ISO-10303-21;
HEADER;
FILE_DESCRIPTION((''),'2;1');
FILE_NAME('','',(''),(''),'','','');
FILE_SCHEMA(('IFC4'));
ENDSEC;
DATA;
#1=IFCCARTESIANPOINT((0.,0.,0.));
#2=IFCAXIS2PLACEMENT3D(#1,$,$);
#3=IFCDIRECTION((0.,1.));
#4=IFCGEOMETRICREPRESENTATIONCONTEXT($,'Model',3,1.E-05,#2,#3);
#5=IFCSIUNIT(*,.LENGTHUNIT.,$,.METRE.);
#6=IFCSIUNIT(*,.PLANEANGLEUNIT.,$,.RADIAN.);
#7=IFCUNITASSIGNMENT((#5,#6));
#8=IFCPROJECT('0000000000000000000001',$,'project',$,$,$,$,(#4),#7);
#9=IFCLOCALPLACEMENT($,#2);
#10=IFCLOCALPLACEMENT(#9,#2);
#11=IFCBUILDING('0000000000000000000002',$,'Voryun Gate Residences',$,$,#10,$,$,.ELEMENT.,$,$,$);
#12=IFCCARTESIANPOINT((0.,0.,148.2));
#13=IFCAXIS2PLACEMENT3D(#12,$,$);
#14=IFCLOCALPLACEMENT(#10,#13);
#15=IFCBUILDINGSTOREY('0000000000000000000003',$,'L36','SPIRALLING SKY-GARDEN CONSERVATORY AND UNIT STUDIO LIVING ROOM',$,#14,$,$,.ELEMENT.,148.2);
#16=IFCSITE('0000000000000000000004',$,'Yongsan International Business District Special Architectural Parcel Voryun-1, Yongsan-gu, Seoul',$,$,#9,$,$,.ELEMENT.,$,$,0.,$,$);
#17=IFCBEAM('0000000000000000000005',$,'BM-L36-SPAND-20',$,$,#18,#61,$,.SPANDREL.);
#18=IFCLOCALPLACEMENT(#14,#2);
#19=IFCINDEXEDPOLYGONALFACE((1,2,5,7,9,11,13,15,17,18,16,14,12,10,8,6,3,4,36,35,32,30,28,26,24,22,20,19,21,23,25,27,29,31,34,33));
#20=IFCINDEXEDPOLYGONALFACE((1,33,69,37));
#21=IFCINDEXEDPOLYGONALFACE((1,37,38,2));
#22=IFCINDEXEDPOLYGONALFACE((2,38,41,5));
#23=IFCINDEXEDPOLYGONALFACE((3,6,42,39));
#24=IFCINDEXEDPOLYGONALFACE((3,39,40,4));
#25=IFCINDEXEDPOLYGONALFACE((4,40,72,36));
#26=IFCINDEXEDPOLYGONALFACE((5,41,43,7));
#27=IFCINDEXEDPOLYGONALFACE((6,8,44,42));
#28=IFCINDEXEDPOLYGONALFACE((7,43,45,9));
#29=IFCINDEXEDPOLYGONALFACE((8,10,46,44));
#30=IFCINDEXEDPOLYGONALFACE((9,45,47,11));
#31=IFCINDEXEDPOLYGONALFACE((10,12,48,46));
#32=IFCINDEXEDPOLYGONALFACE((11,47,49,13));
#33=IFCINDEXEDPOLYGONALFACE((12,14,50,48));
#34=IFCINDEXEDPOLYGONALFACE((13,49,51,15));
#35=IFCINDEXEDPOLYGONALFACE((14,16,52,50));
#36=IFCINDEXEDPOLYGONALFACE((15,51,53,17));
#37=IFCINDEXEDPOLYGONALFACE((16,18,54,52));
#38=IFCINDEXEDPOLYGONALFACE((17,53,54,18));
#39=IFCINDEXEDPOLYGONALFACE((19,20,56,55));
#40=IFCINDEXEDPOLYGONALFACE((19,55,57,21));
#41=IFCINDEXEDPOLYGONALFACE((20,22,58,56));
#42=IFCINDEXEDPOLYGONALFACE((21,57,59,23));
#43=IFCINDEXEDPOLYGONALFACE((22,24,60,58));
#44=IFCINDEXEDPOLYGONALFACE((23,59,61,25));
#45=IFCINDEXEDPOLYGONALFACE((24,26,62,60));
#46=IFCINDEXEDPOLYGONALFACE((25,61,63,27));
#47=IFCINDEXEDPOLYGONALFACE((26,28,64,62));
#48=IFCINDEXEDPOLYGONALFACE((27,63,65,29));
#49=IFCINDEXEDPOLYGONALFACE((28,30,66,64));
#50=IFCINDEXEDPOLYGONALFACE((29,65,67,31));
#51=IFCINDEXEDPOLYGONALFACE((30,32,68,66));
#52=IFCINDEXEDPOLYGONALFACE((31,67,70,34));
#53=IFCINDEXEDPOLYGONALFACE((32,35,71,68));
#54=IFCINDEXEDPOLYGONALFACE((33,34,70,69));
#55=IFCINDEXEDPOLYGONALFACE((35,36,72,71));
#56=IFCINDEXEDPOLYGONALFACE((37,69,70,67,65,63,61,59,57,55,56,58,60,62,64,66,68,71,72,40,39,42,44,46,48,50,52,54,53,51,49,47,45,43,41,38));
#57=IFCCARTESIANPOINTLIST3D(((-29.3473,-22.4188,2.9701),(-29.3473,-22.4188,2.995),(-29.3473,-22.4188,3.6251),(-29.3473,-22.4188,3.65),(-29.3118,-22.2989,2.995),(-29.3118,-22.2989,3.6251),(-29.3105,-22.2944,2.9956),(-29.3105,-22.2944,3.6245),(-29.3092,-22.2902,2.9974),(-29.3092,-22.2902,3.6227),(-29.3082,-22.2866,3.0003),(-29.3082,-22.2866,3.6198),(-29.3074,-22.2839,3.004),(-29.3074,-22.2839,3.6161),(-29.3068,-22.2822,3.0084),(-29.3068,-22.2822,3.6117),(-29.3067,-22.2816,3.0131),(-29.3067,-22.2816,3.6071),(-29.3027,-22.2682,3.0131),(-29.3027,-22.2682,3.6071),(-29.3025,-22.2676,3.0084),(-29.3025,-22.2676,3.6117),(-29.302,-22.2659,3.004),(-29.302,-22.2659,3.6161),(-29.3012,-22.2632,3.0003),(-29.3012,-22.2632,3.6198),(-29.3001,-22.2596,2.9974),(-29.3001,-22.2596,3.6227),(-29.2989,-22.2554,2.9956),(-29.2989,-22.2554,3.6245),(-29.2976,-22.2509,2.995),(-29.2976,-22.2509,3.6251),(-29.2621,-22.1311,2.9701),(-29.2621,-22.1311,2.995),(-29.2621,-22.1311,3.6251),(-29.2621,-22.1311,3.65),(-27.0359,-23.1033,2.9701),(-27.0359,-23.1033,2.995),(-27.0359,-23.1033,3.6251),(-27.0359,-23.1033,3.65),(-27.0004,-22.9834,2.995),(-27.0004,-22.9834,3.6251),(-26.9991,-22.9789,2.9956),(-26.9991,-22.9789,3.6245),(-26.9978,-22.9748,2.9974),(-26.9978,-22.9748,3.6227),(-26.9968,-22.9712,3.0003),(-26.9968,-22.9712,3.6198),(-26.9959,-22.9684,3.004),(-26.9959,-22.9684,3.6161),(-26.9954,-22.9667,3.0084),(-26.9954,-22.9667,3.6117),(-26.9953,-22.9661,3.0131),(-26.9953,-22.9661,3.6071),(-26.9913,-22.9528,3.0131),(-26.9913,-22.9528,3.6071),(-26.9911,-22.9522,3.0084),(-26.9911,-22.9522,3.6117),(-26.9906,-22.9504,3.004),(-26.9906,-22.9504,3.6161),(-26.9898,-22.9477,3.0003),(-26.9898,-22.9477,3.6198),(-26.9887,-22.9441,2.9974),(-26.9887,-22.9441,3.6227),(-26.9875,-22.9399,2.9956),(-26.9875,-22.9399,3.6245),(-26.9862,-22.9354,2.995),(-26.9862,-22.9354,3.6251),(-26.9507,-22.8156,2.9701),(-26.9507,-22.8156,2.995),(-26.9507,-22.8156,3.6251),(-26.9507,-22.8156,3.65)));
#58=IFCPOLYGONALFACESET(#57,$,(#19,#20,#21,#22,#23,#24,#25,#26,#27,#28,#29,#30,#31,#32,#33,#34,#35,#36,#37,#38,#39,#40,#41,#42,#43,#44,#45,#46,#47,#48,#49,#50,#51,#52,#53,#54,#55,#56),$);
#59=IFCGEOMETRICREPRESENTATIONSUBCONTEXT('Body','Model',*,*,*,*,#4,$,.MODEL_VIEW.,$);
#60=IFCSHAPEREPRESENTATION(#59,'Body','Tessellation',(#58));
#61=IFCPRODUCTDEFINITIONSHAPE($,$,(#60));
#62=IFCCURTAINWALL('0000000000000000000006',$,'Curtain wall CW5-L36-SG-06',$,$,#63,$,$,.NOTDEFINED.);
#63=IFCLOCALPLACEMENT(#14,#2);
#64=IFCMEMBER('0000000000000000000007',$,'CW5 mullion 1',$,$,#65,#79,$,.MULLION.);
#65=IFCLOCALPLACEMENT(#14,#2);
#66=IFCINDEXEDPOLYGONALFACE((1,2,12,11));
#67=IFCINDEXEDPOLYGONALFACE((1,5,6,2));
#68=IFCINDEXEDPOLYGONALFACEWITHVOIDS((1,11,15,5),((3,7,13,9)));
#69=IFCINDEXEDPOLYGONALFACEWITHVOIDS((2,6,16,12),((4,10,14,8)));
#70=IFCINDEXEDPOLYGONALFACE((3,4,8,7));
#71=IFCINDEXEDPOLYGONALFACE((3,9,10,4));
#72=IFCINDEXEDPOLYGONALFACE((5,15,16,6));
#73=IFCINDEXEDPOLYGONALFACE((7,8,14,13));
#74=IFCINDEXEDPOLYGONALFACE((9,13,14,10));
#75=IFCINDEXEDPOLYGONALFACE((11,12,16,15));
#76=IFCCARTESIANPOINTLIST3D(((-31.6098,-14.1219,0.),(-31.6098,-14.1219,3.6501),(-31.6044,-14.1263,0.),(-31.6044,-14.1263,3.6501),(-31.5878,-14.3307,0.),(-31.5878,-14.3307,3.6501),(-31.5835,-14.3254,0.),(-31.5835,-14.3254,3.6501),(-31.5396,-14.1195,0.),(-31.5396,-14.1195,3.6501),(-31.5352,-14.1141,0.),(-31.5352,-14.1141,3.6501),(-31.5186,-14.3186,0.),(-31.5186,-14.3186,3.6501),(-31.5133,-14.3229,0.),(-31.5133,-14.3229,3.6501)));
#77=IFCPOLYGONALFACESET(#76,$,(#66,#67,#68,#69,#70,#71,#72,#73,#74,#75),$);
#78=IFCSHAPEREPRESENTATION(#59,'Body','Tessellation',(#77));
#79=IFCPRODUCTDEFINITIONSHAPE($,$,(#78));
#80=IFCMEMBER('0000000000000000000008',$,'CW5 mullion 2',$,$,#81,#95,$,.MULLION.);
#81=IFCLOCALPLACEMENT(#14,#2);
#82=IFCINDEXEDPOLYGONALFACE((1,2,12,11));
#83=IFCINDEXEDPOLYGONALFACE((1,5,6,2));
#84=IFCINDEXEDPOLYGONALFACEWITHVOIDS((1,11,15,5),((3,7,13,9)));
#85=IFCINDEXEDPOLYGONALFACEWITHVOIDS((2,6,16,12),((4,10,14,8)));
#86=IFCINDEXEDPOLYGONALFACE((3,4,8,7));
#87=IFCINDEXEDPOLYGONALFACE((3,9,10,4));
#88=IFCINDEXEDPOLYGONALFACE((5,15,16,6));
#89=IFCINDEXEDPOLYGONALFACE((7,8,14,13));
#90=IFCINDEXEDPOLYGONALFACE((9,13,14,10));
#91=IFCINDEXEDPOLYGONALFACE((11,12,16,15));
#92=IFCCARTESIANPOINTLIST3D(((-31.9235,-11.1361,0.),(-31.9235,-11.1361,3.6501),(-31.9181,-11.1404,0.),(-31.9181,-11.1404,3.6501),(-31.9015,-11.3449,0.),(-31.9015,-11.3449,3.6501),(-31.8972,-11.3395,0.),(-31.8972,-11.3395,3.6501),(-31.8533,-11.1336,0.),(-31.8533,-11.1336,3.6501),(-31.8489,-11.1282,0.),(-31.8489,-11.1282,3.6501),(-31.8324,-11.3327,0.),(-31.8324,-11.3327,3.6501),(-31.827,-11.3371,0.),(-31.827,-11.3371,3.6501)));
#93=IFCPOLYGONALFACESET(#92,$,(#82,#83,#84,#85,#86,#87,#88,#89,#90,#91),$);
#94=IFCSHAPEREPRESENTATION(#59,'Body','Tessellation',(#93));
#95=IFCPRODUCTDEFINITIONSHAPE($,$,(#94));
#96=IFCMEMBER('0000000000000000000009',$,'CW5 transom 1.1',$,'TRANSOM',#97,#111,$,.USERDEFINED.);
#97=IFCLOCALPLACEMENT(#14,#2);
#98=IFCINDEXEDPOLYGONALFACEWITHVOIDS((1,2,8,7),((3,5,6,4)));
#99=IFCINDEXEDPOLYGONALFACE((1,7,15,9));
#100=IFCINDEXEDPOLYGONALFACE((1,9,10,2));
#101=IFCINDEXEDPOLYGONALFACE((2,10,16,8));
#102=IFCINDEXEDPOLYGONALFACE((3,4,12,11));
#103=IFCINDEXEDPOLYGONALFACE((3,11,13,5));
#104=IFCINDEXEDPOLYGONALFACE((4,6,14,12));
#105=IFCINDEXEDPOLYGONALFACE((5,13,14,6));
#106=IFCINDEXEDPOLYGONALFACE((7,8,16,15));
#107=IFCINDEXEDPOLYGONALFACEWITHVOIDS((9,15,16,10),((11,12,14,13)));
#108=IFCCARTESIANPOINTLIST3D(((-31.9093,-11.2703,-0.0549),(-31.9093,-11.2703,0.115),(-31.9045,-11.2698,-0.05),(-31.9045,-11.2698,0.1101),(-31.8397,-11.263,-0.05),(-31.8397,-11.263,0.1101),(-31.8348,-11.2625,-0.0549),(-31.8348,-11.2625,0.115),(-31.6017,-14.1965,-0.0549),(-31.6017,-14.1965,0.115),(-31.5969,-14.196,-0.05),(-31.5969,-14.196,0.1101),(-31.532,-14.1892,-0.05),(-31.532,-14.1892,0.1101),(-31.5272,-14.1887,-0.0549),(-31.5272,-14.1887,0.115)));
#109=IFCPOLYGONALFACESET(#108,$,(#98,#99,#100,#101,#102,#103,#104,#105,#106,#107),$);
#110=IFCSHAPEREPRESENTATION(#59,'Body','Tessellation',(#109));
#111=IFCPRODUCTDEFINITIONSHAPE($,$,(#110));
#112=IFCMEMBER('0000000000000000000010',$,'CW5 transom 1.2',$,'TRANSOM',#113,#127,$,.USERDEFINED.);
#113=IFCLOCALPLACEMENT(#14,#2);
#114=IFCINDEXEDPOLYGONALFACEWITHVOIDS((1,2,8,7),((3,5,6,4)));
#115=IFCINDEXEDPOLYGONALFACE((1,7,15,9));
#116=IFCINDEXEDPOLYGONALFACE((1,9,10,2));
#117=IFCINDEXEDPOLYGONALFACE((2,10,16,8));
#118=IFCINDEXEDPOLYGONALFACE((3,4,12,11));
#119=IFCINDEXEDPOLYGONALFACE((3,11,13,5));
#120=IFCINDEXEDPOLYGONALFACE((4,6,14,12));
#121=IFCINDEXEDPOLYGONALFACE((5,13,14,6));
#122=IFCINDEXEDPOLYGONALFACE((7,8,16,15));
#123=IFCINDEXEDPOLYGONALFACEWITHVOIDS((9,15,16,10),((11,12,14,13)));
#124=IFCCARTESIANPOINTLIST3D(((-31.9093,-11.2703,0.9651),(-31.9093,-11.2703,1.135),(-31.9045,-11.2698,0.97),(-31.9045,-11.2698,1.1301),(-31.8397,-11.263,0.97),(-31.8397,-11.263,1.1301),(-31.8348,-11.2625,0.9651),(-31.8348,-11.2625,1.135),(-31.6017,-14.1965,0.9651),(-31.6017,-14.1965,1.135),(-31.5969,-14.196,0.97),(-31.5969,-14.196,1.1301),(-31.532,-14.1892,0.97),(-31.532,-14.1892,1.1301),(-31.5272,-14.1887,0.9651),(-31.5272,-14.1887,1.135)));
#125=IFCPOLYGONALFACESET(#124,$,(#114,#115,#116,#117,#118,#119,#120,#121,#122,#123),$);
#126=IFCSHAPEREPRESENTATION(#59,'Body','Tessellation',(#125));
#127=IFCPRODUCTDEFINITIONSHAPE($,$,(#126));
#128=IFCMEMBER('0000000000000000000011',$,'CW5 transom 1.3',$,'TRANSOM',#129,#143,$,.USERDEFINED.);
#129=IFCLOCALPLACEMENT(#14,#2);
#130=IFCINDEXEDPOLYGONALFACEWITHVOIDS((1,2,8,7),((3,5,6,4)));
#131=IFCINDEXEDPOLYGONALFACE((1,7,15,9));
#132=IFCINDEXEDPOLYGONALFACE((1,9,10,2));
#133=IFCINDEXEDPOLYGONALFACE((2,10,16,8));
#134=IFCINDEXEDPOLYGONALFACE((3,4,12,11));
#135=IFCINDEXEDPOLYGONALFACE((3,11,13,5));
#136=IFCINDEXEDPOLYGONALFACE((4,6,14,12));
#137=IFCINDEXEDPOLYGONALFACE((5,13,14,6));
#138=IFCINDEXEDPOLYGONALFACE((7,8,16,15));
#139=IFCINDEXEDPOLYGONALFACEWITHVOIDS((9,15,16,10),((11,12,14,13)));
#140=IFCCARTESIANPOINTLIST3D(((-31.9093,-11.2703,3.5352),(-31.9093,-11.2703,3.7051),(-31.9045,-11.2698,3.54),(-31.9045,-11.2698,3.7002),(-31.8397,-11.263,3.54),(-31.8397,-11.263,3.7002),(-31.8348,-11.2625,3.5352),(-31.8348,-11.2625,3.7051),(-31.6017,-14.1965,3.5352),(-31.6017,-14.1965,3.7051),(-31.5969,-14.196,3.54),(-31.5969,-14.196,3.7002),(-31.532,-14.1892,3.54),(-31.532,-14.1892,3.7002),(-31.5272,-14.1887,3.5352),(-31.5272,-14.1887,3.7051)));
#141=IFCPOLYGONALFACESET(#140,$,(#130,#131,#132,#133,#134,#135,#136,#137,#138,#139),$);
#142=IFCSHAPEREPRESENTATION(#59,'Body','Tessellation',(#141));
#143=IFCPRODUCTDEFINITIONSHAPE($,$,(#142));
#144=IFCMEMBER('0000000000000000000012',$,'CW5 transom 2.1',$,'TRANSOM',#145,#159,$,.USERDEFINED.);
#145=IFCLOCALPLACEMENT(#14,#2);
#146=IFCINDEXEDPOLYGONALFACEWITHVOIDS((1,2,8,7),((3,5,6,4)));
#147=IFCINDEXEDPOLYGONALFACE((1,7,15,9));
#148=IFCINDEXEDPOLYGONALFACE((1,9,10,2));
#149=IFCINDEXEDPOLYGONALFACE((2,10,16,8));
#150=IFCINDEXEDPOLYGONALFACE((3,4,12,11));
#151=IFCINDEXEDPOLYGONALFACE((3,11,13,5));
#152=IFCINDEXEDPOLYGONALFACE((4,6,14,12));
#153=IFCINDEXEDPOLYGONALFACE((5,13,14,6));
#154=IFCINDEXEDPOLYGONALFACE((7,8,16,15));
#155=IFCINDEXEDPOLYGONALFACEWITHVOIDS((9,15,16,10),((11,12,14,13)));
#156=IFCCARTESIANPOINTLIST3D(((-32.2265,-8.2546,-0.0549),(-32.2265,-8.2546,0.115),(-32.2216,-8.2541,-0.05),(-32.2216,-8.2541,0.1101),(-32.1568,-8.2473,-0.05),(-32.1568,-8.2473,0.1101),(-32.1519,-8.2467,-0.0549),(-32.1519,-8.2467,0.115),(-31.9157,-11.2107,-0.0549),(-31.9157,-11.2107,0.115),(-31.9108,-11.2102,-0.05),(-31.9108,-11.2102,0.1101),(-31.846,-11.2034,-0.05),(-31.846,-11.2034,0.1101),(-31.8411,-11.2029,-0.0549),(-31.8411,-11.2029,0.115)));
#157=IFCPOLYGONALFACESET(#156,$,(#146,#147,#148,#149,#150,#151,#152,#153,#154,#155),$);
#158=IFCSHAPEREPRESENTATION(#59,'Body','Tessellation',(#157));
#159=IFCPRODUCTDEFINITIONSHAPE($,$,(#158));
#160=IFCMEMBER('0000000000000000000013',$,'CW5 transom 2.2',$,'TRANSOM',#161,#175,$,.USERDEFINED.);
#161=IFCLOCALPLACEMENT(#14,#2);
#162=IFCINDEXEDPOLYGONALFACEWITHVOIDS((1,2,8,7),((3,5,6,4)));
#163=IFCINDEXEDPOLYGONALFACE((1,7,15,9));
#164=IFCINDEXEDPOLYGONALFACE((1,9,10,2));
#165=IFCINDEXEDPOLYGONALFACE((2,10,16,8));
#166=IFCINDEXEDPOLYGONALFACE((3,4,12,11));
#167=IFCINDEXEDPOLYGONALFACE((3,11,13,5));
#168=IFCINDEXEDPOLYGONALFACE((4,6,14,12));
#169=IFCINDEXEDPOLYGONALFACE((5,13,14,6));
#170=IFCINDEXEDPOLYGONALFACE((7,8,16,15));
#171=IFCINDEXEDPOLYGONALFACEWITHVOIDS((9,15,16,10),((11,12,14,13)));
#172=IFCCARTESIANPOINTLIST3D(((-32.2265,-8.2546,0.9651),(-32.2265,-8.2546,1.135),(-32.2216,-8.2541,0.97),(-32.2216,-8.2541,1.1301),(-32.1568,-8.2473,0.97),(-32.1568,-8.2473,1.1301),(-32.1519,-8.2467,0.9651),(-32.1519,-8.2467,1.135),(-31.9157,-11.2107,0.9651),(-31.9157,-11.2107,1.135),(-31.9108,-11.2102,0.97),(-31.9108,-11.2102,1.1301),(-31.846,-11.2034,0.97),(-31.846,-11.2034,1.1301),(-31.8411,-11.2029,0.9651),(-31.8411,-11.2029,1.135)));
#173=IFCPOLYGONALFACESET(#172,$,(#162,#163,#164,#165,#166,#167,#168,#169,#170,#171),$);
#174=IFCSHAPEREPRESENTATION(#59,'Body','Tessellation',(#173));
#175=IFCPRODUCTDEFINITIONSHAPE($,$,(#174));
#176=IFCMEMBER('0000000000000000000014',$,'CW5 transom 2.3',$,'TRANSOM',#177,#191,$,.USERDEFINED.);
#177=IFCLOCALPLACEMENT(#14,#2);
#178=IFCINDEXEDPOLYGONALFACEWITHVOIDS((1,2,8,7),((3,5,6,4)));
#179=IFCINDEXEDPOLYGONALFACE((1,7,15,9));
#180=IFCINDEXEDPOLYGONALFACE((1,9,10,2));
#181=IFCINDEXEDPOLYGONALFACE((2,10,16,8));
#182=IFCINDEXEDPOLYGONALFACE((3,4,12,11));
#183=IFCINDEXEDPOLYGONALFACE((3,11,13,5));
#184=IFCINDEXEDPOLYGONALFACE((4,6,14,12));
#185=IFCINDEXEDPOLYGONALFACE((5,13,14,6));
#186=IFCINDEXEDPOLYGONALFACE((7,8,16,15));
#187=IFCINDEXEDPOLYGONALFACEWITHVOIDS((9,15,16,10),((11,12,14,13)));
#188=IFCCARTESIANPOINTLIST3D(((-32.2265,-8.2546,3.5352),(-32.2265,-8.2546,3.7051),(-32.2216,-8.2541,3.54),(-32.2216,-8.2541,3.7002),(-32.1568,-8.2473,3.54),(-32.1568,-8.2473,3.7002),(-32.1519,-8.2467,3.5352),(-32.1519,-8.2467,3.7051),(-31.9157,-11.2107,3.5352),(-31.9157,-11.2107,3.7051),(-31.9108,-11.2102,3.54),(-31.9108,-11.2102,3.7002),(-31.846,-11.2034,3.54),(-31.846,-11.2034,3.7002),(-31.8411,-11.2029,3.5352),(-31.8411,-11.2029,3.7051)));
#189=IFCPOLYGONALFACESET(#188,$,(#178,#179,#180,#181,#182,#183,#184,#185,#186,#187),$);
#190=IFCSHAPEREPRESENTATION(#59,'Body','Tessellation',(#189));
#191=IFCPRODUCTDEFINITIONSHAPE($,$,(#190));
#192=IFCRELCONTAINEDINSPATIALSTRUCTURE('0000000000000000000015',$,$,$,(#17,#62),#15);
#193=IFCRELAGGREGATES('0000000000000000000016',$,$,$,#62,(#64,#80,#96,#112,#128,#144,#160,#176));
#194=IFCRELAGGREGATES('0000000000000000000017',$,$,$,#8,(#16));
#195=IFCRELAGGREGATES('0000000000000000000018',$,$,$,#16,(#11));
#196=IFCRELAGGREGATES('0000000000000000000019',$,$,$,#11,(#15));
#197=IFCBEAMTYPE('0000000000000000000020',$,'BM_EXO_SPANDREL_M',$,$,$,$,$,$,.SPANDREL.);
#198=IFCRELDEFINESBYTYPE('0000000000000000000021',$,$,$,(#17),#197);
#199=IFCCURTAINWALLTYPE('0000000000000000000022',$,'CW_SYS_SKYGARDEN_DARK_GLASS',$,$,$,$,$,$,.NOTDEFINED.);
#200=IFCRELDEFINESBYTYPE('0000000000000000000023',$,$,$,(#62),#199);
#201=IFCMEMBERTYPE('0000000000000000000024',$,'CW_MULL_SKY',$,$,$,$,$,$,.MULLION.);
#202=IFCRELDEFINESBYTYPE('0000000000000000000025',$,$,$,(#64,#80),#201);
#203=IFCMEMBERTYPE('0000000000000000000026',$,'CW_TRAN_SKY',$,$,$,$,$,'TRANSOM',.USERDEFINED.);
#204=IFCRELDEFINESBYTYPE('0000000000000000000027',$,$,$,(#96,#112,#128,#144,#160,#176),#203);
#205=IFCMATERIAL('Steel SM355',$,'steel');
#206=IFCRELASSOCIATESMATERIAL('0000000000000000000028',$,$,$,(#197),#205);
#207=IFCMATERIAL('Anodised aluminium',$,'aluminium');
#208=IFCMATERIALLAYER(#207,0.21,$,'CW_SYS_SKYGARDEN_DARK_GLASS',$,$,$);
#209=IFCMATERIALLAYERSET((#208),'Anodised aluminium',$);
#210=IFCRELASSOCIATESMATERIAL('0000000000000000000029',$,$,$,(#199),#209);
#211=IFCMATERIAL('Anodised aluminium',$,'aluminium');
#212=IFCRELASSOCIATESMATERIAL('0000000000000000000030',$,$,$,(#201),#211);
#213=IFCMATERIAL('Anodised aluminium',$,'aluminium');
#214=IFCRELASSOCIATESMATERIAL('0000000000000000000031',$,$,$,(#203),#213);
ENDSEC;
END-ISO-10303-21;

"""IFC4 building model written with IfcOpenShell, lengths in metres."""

from ifc_helpers import new_model, si_unit, direction, frame, origin, origin_2d, place, context, subcontext, project, spatial, hollow_rectangle, i_section, extrude, material, layer, layer_set, material_profile, profile_set, type_object, element, aggregate, save


model = new_model("IFC4")

# Units and contexts
model_context = context("Model", 3, precision=1e-05, world=origin(), true_north=direction((0.0, 1.0)))
body_context = subcontext(model_context, "Body", "Model", "MODEL_VIEW")
ifc_project = project(units=[si_unit("LENGTHUNIT", "METRE"), si_unit("PLANEANGLEUNIT", "RADIAN")], contexts=[model_context])

# Site, building, storey
site_placement = place(None, origin())
site = spatial("IfcSite", under=ifc_project, at=site_placement, Name="Yongsan International Business District Special Architectural Parcel Voryun-1, Yongsan-gu, Seoul", CompositionType="ELEMENT", RefElevation=0.0)
building_placement = place(site_placement, origin())
building = spatial("IfcBuilding", under=site, at=building_placement, Name="Voryun Gate Residences", CompositionType="ELEMENT")
storey_placement = place(building_placement, frame((0.0, 0.0, 148.2)))
storey = spatial("IfcBuildingStorey", under=building, at=storey_placement, Name="L36", Description="SPIRALLING SKY-GARDEN CONSERVATORY AND UNIT STUDIO LIVING ROOM", CompositionType="ELEMENT", Elevation=148.2)

# Beam
ifc_material_1 = material(Name="Steel SM355", Category="steel")
ifc_material_profile_1 = material_profile(ifc_material_1, i_section(OverallWidth=0.3, OverallDepth=0.6799, WebThickness=0.0139, FlangeThickness=0.0249, FilletRadius=0.0181, at=origin_2d()), Name="H-680x300x14x25")
ifc_profile_set_1 = profile_set([ifc_material_profile_1], Name="Steel SM355")
beam_type = type_object("IfcBeamType", Name="BM_EXO_SPANDREL_M", PredefinedType="SPANDREL", material=ifc_profile_set_1)
beam_1_placement = place(storey_placement, frame((-29.3047, -22.2749, 3.3101), z_axis=(0.958835, -0.283964, 0.0), x_axis=(0.283964, 0.958835, 0.0)))
element("IfcBeam", 1, at=beam_1_placement, inside=storey, type_object=beam_type, Name="BM-L36-SPAND-20", PredefinedType="SPANDREL", context=body_context, shape_type="SweptSolid", body=[
    extrude(i_section(OverallWidth=0.3, OverallDepth=0.6799, WebThickness=0.0139, FlangeThickness=0.0249, FilletRadius=0.0181, at=origin_2d()), origin(), (0.0, 0.0, 1.0), 2.4106),
])

# Curtain wall, members
ifc_material_2 = material(Name="Anodised aluminium", Category="aluminium")
ifc_layer_1 = layer(ifc_material_2, 0.21, Name="CW_SYS_SKYGARDEN_DARK_GLASS")
ifc_layer_set_1 = layer_set([ifc_layer_1], Name="Anodised aluminium")
curtain_wall_type = type_object("IfcCurtainWallType", Name="CW_SYS_SKYGARDEN_DARK_GLASS", PredefinedType="NOTDEFINED", material=ifc_layer_set_1)
curtain_wall_placement = place(storey_placement, origin())
curtain_wall = element("IfcCurtainWall", 2, at=curtain_wall_placement, inside=storey, type_object=curtain_wall_type, Name="Curtain wall CW5-L36-SG-06", PredefinedType="NOTDEFINED")
ifc_material_3 = material(Name="Anodised aluminium", Category="aluminium")
ifc_material_profile_2 = material_profile(ifc_material_3, hollow_rectangle(XDim=0.075, YDim=0.21, WallThickness=0.0049, at=origin_2d()), Name="ALU-MULL-210x75x5")
ifc_profile_set_2 = profile_set([ifc_material_profile_2], Name="Anodised aluminium")
member_type_1 = type_object("IfcMemberType", Name="CW_MULL_SKY", PredefinedType="MULLION", material=ifc_profile_set_2)
member_1_placement = place(storey_placement, frame((-31.5615, -14.2224, 0.0), z_axis=(0.0, 0.0, 1.0), x_axis=(-0.994522, -0.10453, 0.0)))
member_1 = element("IfcMember", 3, at=member_1_placement, type_object=member_type_1, Name="CW5 mullion 1", PredefinedType="MULLION", context=body_context, shape_type="SweptSolid", body=[
    extrude(hollow_rectangle(XDim=0.075, YDim=0.21, WallThickness=0.0049, at=origin_2d()), origin(), (0.0, 0.0, 1.0), 3.6501),
])
member_2_placement = place(storey_placement, frame((-31.8752, -11.2366, 0.0), z_axis=(0.0, 0.0, 1.0), x_axis=(-0.994522, -0.10453, 0.0)))
member_2 = element("IfcMember", 4, at=member_2_placement, type_object=member_type_1, Name="CW5 mullion 2", PredefinedType="MULLION", context=body_context, shape_type="SweptSolid", body=[
    extrude(hollow_rectangle(XDim=0.075, YDim=0.21, WallThickness=0.0049, at=origin_2d()), origin(), (0.0, 0.0, 1.0), 3.6501),
])
ifc_material_4 = material(Name="Anodised aluminium", Category="aluminium")
ifc_material_profile_3 = material_profile(ifc_material_4, hollow_rectangle(XDim=0.075, YDim=0.1699, WallThickness=0.0049, at=origin_2d()), Name="ALU-TRAN-170x75x5")
ifc_profile_set_3 = profile_set([ifc_material_profile_3], Name="Anodised aluminium")
member_type_2 = type_object("IfcMemberType", Name="CW_TRAN_SKY", ElementType="TRANSOM", PredefinedType="USERDEFINED", material=ifc_profile_set_3)
member_3_placement = place(storey_placement, frame((-31.5645, -14.1926, 0.03), z_axis=(-0.104547, 0.99452, 0.0), x_axis=(-0.99452, -0.104547, 0.0)))
member_3 = element("IfcMember", 5, at=member_3_placement, type_object=member_type_2, Name="CW5 transom 1.1", ObjectType="TRANSOM", PredefinedType="USERDEFINED", context=body_context, shape_type="SweptSolid", body=[
    extrude(hollow_rectangle(XDim=0.075, YDim=0.1699, WallThickness=0.0049, at=origin_2d()), origin(), (0.0, 0.0, 1.0), 2.9424),
])
member_4_placement = place(storey_placement, frame((-31.5645, -14.1926, 1.05), z_axis=(-0.104547, 0.99452, 0.0), x_axis=(-0.99452, -0.104547, 0.0)))
member_4 = element("IfcMember", 6, at=member_4_placement, type_object=member_type_2, Name="CW5 transom 1.2", ObjectType="TRANSOM", PredefinedType="USERDEFINED", context=body_context, shape_type="SweptSolid", body=[
    extrude(hollow_rectangle(XDim=0.075, YDim=0.1699, WallThickness=0.0049, at=origin_2d()), origin(), (0.0, 0.0, 1.0), 2.9424),
])
member_5_placement = place(storey_placement, frame((-31.5645, -14.1926, 3.6201), z_axis=(-0.104547, 0.99452, 0.0), x_axis=(-0.99452, -0.104547, 0.0)))
member_5 = element("IfcMember", 7, at=member_5_placement, type_object=member_type_2, Name="CW5 transom 1.3", ObjectType="TRANSOM", PredefinedType="USERDEFINED", context=body_context, shape_type="SweptSolid", body=[
    extrude(hollow_rectangle(XDim=0.075, YDim=0.1699, WallThickness=0.0049, at=origin_2d()), origin(), (0.0, 0.0, 1.0), 2.9424),
])
member_6_placement = place(storey_placement, frame((-31.8784, -11.2068, 0.03), z_axis=(-0.104561, 0.994518, 0.0), x_axis=(-0.994518, -0.104561, 0.0)))
member_6 = element("IfcMember", 8, at=member_6_placement, type_object=member_type_2, Name="CW5 transom 2.1", ObjectType="TRANSOM", PredefinedType="USERDEFINED", context=body_context, shape_type="SweptSolid", body=[
    extrude(hollow_rectangle(XDim=0.075, YDim=0.1699, WallThickness=0.0049, at=origin_2d()), origin(), (0.0, 0.0, 1.0), 2.9724),
])
member_7_placement = place(storey_placement, frame((-31.8784, -11.2068, 1.05), z_axis=(-0.104561, 0.994518, 0.0), x_axis=(-0.994518, -0.104561, 0.0)))
member_7 = element("IfcMember", 9, at=member_7_placement, type_object=member_type_2, Name="CW5 transom 2.2", ObjectType="TRANSOM", PredefinedType="USERDEFINED", context=body_context, shape_type="SweptSolid", body=[
    extrude(hollow_rectangle(XDim=0.075, YDim=0.1699, WallThickness=0.0049, at=origin_2d()), origin(), (0.0, 0.0, 1.0), 2.9724),
])
member_8_placement = place(storey_placement, frame((-31.8784, -11.2068, 3.6201), z_axis=(-0.104561, 0.994518, 0.0), x_axis=(-0.994518, -0.104561, 0.0)))
member_8 = element("IfcMember", 10, at=member_8_placement, type_object=member_type_2, Name="CW5 transom 2.3", ObjectType="TRANSOM", PredefinedType="USERDEFINED", context=body_context, shape_type="SweptSolid", body=[
    extrude(hollow_rectangle(XDim=0.075, YDim=0.1699, WallThickness=0.0049, at=origin_2d()), origin(), (0.0, 0.0, 1.0), 2.9724),
])
aggregate(curtain_wall, [member_1, member_2, member_3, member_4, member_5, member_6, member_7, member_8])

save(model, "model.ifc")
